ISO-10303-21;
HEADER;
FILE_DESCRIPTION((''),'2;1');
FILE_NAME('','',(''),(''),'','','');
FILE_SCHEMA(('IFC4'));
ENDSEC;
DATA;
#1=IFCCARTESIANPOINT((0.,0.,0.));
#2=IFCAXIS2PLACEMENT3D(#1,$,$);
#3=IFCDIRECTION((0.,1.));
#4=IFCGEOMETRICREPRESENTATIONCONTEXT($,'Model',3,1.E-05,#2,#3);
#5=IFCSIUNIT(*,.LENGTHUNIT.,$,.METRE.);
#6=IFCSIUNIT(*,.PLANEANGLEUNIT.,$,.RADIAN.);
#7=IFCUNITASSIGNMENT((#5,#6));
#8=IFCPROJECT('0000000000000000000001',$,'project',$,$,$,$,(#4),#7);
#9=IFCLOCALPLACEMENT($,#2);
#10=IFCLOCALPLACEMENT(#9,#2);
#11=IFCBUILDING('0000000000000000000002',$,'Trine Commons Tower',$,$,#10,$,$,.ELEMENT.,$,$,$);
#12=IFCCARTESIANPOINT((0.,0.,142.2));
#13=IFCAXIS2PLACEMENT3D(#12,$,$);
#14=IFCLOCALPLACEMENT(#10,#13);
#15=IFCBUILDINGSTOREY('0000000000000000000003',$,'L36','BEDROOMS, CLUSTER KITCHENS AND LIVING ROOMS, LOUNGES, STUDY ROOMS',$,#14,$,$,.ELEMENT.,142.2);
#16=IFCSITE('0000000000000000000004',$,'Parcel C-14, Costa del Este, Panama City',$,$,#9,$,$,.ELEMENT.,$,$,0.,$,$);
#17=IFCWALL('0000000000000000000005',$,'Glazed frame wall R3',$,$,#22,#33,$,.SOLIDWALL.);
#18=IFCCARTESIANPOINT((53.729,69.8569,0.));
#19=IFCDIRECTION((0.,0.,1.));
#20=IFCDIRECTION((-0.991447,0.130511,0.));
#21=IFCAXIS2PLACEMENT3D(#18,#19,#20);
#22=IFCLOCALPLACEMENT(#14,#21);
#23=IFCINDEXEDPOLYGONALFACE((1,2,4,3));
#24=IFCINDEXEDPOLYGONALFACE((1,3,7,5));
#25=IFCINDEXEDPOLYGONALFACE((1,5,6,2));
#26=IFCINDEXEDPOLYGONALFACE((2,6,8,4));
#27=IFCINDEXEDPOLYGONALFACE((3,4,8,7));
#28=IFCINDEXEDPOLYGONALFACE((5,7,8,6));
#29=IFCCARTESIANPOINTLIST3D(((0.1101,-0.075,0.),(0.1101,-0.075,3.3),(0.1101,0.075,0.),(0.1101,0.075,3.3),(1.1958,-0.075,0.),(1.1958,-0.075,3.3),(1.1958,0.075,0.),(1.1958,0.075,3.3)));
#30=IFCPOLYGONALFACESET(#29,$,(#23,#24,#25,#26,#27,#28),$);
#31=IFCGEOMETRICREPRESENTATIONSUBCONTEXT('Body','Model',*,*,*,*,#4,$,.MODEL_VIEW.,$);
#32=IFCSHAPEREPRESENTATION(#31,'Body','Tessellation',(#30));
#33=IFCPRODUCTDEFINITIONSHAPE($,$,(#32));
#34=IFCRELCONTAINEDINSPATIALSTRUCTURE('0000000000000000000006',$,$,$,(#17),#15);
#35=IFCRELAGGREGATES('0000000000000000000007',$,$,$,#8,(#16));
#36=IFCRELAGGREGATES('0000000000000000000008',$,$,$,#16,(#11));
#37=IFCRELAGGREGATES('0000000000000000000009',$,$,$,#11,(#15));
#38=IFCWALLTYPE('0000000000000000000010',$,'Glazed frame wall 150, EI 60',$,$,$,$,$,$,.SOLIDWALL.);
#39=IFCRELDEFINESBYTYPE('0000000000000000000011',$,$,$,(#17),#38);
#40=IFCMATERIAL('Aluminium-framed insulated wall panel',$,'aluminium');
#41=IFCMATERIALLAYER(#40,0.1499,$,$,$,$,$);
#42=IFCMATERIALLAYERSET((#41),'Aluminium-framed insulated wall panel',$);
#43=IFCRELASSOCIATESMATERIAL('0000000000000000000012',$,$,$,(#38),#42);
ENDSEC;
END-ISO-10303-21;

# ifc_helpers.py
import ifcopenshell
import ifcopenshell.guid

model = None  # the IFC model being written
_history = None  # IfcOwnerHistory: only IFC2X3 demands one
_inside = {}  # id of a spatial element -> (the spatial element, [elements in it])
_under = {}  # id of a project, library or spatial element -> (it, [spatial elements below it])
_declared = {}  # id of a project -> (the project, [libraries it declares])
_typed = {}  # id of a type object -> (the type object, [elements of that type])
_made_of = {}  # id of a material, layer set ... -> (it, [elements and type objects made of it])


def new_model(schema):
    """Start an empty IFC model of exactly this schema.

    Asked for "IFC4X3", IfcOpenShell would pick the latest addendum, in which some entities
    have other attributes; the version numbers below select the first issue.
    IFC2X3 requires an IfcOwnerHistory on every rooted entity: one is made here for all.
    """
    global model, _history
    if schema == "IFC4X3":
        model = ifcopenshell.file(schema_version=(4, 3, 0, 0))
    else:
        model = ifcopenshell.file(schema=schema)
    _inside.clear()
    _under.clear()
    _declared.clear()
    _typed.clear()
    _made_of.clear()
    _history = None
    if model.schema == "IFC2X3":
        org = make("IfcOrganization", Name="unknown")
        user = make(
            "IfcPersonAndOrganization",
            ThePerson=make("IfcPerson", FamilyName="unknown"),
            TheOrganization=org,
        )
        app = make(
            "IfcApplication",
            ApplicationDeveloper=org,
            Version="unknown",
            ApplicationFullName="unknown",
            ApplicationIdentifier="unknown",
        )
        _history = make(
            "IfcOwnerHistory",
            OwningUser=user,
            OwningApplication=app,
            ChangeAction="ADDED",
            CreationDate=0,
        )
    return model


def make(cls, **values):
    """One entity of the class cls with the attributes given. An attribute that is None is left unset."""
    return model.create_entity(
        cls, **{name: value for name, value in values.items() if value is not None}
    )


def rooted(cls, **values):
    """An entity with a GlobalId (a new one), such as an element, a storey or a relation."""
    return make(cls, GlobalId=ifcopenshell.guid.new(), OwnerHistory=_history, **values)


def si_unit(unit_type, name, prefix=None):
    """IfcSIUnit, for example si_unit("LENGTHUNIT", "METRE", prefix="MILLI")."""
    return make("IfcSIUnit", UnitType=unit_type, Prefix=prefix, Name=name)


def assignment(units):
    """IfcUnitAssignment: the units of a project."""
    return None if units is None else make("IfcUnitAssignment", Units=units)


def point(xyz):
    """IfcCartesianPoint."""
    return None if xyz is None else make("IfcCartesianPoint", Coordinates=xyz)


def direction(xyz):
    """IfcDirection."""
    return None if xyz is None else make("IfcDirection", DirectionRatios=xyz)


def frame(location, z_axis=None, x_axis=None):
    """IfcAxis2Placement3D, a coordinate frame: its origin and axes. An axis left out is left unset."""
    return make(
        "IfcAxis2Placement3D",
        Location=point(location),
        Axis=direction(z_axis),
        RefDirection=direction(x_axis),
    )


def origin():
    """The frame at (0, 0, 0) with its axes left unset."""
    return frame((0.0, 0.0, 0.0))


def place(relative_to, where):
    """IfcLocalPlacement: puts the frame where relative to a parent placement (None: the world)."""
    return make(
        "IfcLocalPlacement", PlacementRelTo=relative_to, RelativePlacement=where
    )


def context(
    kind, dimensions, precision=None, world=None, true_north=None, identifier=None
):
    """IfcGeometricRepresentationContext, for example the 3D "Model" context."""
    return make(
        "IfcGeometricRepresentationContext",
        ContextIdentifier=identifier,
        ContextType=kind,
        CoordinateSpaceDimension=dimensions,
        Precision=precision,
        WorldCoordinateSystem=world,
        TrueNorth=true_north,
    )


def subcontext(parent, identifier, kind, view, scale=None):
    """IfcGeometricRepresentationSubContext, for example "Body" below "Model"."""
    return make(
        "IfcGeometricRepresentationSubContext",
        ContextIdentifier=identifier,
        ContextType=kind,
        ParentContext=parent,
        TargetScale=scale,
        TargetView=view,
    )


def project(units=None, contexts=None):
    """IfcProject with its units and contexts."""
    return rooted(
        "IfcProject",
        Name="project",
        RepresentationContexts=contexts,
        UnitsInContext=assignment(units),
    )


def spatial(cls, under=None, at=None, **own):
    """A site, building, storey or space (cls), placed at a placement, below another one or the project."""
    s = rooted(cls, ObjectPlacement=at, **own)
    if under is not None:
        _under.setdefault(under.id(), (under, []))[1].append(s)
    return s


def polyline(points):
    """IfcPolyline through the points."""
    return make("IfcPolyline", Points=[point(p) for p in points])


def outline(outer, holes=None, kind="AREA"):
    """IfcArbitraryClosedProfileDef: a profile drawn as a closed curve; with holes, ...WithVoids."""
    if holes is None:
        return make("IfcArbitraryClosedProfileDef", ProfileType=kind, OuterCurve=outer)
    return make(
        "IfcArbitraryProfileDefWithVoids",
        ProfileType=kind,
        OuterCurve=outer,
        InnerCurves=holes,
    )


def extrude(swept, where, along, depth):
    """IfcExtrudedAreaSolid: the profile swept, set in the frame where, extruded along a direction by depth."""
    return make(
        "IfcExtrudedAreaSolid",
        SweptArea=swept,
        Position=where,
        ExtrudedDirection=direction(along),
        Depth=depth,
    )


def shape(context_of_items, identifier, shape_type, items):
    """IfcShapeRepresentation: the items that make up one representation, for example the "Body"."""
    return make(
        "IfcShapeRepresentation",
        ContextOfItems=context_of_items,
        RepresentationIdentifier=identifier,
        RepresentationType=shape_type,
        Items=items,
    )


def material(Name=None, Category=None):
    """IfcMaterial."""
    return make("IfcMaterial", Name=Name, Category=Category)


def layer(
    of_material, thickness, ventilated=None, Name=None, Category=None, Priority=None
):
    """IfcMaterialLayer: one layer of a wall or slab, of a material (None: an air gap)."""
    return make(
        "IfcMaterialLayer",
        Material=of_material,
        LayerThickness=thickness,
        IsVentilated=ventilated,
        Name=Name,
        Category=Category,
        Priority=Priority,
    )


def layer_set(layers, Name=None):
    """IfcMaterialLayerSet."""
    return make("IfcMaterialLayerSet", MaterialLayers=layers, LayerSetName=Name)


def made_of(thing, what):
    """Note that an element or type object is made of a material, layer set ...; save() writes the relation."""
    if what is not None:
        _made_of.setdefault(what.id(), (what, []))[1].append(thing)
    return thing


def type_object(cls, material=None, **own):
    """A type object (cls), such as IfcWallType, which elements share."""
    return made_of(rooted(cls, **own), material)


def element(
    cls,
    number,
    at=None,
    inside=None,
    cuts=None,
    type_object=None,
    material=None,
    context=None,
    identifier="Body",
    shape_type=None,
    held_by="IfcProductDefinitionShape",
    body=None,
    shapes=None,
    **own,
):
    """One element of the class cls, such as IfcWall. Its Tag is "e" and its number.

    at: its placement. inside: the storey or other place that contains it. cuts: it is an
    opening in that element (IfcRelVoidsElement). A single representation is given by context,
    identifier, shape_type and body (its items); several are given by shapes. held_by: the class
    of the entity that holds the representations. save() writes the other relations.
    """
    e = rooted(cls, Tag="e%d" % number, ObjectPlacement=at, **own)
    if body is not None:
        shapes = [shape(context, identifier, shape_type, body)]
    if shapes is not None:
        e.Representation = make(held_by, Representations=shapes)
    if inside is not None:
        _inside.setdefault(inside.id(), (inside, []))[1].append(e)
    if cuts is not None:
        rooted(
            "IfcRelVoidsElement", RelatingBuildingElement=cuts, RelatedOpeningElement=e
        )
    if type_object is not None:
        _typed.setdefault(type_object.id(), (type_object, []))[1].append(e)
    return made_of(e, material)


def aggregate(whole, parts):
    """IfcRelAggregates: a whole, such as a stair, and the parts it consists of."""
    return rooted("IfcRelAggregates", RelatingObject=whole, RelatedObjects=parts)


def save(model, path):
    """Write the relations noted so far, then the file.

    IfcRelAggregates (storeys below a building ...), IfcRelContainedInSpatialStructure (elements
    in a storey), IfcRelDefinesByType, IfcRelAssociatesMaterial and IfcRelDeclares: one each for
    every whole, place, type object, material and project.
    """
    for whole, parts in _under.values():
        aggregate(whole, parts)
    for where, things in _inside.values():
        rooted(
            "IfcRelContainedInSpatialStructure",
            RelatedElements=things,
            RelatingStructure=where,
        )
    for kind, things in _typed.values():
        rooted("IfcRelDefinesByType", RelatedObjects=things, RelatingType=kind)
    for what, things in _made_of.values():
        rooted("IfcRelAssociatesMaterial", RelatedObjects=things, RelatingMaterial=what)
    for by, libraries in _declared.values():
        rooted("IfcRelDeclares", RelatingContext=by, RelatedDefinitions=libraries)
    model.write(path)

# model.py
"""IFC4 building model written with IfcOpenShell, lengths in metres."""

from ifc_helpers import new_model, si_unit, direction, frame, origin, place, context, subcontext, project, spatial, polyline, outline, extrude, material, layer, layer_set, type_object, element, save


model = new_model("IFC4")

# Units and contexts
model_context = context("Model", 3, precision=1e-05, world=origin(), true_north=direction((0.0, 1.0)))
body_context = subcontext(model_context, "Body", "Model", "MODEL_VIEW")
ifc_project = project(units=[si_unit("LENGTHUNIT", "METRE"), si_unit("PLANEANGLEUNIT", "RADIAN")], contexts=[model_context])

# Site, building, storey
site_placement = place(None, origin())
site = spatial("IfcSite", under=ifc_project, at=site_placement, Name="Parcel C-14, Costa del Este, Panama City", CompositionType="ELEMENT", RefElevation=0.0)
building_placement = place(site_placement, origin())
building = spatial("IfcBuilding", under=site, at=building_placement, Name="Trine Commons Tower", CompositionType="ELEMENT")
storey_placement = place(building_placement, frame((0.0, 0.0, 142.2)))
storey = spatial("IfcBuildingStorey", under=building, at=storey_placement, Name="L36", Description="BEDROOMS, CLUSTER KITCHENS AND LIVING ROOMS, LOUNGES, STUDY ROOMS", CompositionType="ELEMENT", Elevation=142.2)

# Shared definitions
ifc_material_1 = material(Name="Aluminium-framed insulated wall panel", Category="aluminium")
ifc_layer_1 = layer(ifc_material_1, 0.1499)
ifc_layer_set_1 = layer_set([ifc_layer_1], Name="Aluminium-framed insulated wall panel")
wall_type_1 = type_object("IfcWallType", Name="Glazed frame wall 150, EI 60", PredefinedType="SOLIDWALL", material=ifc_layer_set_1)

# Wall
wall_1_placement = place(storey_placement, frame((53.729, 69.8569, 0.0), z_axis=(0.0, 0.0, 1.0), x_axis=(-0.991447, 0.130511, 0.0)))
element("IfcWall", 1, at=wall_1_placement, inside=storey, type_object=wall_type_1, Name="Glazed frame wall R3", PredefinedType="SOLIDWALL", context=body_context, shape_type="SweptSolid", body=[
    extrude(outline(polyline([(0.1101, 0.075), (0.1101, -0.075), (1.1958, -0.075), (1.1958, 0.075), (0.1101, 0.075)])), origin(), (0.0, 0.0, 1.0), 3.3),
])

save(model, "model.ifc")
